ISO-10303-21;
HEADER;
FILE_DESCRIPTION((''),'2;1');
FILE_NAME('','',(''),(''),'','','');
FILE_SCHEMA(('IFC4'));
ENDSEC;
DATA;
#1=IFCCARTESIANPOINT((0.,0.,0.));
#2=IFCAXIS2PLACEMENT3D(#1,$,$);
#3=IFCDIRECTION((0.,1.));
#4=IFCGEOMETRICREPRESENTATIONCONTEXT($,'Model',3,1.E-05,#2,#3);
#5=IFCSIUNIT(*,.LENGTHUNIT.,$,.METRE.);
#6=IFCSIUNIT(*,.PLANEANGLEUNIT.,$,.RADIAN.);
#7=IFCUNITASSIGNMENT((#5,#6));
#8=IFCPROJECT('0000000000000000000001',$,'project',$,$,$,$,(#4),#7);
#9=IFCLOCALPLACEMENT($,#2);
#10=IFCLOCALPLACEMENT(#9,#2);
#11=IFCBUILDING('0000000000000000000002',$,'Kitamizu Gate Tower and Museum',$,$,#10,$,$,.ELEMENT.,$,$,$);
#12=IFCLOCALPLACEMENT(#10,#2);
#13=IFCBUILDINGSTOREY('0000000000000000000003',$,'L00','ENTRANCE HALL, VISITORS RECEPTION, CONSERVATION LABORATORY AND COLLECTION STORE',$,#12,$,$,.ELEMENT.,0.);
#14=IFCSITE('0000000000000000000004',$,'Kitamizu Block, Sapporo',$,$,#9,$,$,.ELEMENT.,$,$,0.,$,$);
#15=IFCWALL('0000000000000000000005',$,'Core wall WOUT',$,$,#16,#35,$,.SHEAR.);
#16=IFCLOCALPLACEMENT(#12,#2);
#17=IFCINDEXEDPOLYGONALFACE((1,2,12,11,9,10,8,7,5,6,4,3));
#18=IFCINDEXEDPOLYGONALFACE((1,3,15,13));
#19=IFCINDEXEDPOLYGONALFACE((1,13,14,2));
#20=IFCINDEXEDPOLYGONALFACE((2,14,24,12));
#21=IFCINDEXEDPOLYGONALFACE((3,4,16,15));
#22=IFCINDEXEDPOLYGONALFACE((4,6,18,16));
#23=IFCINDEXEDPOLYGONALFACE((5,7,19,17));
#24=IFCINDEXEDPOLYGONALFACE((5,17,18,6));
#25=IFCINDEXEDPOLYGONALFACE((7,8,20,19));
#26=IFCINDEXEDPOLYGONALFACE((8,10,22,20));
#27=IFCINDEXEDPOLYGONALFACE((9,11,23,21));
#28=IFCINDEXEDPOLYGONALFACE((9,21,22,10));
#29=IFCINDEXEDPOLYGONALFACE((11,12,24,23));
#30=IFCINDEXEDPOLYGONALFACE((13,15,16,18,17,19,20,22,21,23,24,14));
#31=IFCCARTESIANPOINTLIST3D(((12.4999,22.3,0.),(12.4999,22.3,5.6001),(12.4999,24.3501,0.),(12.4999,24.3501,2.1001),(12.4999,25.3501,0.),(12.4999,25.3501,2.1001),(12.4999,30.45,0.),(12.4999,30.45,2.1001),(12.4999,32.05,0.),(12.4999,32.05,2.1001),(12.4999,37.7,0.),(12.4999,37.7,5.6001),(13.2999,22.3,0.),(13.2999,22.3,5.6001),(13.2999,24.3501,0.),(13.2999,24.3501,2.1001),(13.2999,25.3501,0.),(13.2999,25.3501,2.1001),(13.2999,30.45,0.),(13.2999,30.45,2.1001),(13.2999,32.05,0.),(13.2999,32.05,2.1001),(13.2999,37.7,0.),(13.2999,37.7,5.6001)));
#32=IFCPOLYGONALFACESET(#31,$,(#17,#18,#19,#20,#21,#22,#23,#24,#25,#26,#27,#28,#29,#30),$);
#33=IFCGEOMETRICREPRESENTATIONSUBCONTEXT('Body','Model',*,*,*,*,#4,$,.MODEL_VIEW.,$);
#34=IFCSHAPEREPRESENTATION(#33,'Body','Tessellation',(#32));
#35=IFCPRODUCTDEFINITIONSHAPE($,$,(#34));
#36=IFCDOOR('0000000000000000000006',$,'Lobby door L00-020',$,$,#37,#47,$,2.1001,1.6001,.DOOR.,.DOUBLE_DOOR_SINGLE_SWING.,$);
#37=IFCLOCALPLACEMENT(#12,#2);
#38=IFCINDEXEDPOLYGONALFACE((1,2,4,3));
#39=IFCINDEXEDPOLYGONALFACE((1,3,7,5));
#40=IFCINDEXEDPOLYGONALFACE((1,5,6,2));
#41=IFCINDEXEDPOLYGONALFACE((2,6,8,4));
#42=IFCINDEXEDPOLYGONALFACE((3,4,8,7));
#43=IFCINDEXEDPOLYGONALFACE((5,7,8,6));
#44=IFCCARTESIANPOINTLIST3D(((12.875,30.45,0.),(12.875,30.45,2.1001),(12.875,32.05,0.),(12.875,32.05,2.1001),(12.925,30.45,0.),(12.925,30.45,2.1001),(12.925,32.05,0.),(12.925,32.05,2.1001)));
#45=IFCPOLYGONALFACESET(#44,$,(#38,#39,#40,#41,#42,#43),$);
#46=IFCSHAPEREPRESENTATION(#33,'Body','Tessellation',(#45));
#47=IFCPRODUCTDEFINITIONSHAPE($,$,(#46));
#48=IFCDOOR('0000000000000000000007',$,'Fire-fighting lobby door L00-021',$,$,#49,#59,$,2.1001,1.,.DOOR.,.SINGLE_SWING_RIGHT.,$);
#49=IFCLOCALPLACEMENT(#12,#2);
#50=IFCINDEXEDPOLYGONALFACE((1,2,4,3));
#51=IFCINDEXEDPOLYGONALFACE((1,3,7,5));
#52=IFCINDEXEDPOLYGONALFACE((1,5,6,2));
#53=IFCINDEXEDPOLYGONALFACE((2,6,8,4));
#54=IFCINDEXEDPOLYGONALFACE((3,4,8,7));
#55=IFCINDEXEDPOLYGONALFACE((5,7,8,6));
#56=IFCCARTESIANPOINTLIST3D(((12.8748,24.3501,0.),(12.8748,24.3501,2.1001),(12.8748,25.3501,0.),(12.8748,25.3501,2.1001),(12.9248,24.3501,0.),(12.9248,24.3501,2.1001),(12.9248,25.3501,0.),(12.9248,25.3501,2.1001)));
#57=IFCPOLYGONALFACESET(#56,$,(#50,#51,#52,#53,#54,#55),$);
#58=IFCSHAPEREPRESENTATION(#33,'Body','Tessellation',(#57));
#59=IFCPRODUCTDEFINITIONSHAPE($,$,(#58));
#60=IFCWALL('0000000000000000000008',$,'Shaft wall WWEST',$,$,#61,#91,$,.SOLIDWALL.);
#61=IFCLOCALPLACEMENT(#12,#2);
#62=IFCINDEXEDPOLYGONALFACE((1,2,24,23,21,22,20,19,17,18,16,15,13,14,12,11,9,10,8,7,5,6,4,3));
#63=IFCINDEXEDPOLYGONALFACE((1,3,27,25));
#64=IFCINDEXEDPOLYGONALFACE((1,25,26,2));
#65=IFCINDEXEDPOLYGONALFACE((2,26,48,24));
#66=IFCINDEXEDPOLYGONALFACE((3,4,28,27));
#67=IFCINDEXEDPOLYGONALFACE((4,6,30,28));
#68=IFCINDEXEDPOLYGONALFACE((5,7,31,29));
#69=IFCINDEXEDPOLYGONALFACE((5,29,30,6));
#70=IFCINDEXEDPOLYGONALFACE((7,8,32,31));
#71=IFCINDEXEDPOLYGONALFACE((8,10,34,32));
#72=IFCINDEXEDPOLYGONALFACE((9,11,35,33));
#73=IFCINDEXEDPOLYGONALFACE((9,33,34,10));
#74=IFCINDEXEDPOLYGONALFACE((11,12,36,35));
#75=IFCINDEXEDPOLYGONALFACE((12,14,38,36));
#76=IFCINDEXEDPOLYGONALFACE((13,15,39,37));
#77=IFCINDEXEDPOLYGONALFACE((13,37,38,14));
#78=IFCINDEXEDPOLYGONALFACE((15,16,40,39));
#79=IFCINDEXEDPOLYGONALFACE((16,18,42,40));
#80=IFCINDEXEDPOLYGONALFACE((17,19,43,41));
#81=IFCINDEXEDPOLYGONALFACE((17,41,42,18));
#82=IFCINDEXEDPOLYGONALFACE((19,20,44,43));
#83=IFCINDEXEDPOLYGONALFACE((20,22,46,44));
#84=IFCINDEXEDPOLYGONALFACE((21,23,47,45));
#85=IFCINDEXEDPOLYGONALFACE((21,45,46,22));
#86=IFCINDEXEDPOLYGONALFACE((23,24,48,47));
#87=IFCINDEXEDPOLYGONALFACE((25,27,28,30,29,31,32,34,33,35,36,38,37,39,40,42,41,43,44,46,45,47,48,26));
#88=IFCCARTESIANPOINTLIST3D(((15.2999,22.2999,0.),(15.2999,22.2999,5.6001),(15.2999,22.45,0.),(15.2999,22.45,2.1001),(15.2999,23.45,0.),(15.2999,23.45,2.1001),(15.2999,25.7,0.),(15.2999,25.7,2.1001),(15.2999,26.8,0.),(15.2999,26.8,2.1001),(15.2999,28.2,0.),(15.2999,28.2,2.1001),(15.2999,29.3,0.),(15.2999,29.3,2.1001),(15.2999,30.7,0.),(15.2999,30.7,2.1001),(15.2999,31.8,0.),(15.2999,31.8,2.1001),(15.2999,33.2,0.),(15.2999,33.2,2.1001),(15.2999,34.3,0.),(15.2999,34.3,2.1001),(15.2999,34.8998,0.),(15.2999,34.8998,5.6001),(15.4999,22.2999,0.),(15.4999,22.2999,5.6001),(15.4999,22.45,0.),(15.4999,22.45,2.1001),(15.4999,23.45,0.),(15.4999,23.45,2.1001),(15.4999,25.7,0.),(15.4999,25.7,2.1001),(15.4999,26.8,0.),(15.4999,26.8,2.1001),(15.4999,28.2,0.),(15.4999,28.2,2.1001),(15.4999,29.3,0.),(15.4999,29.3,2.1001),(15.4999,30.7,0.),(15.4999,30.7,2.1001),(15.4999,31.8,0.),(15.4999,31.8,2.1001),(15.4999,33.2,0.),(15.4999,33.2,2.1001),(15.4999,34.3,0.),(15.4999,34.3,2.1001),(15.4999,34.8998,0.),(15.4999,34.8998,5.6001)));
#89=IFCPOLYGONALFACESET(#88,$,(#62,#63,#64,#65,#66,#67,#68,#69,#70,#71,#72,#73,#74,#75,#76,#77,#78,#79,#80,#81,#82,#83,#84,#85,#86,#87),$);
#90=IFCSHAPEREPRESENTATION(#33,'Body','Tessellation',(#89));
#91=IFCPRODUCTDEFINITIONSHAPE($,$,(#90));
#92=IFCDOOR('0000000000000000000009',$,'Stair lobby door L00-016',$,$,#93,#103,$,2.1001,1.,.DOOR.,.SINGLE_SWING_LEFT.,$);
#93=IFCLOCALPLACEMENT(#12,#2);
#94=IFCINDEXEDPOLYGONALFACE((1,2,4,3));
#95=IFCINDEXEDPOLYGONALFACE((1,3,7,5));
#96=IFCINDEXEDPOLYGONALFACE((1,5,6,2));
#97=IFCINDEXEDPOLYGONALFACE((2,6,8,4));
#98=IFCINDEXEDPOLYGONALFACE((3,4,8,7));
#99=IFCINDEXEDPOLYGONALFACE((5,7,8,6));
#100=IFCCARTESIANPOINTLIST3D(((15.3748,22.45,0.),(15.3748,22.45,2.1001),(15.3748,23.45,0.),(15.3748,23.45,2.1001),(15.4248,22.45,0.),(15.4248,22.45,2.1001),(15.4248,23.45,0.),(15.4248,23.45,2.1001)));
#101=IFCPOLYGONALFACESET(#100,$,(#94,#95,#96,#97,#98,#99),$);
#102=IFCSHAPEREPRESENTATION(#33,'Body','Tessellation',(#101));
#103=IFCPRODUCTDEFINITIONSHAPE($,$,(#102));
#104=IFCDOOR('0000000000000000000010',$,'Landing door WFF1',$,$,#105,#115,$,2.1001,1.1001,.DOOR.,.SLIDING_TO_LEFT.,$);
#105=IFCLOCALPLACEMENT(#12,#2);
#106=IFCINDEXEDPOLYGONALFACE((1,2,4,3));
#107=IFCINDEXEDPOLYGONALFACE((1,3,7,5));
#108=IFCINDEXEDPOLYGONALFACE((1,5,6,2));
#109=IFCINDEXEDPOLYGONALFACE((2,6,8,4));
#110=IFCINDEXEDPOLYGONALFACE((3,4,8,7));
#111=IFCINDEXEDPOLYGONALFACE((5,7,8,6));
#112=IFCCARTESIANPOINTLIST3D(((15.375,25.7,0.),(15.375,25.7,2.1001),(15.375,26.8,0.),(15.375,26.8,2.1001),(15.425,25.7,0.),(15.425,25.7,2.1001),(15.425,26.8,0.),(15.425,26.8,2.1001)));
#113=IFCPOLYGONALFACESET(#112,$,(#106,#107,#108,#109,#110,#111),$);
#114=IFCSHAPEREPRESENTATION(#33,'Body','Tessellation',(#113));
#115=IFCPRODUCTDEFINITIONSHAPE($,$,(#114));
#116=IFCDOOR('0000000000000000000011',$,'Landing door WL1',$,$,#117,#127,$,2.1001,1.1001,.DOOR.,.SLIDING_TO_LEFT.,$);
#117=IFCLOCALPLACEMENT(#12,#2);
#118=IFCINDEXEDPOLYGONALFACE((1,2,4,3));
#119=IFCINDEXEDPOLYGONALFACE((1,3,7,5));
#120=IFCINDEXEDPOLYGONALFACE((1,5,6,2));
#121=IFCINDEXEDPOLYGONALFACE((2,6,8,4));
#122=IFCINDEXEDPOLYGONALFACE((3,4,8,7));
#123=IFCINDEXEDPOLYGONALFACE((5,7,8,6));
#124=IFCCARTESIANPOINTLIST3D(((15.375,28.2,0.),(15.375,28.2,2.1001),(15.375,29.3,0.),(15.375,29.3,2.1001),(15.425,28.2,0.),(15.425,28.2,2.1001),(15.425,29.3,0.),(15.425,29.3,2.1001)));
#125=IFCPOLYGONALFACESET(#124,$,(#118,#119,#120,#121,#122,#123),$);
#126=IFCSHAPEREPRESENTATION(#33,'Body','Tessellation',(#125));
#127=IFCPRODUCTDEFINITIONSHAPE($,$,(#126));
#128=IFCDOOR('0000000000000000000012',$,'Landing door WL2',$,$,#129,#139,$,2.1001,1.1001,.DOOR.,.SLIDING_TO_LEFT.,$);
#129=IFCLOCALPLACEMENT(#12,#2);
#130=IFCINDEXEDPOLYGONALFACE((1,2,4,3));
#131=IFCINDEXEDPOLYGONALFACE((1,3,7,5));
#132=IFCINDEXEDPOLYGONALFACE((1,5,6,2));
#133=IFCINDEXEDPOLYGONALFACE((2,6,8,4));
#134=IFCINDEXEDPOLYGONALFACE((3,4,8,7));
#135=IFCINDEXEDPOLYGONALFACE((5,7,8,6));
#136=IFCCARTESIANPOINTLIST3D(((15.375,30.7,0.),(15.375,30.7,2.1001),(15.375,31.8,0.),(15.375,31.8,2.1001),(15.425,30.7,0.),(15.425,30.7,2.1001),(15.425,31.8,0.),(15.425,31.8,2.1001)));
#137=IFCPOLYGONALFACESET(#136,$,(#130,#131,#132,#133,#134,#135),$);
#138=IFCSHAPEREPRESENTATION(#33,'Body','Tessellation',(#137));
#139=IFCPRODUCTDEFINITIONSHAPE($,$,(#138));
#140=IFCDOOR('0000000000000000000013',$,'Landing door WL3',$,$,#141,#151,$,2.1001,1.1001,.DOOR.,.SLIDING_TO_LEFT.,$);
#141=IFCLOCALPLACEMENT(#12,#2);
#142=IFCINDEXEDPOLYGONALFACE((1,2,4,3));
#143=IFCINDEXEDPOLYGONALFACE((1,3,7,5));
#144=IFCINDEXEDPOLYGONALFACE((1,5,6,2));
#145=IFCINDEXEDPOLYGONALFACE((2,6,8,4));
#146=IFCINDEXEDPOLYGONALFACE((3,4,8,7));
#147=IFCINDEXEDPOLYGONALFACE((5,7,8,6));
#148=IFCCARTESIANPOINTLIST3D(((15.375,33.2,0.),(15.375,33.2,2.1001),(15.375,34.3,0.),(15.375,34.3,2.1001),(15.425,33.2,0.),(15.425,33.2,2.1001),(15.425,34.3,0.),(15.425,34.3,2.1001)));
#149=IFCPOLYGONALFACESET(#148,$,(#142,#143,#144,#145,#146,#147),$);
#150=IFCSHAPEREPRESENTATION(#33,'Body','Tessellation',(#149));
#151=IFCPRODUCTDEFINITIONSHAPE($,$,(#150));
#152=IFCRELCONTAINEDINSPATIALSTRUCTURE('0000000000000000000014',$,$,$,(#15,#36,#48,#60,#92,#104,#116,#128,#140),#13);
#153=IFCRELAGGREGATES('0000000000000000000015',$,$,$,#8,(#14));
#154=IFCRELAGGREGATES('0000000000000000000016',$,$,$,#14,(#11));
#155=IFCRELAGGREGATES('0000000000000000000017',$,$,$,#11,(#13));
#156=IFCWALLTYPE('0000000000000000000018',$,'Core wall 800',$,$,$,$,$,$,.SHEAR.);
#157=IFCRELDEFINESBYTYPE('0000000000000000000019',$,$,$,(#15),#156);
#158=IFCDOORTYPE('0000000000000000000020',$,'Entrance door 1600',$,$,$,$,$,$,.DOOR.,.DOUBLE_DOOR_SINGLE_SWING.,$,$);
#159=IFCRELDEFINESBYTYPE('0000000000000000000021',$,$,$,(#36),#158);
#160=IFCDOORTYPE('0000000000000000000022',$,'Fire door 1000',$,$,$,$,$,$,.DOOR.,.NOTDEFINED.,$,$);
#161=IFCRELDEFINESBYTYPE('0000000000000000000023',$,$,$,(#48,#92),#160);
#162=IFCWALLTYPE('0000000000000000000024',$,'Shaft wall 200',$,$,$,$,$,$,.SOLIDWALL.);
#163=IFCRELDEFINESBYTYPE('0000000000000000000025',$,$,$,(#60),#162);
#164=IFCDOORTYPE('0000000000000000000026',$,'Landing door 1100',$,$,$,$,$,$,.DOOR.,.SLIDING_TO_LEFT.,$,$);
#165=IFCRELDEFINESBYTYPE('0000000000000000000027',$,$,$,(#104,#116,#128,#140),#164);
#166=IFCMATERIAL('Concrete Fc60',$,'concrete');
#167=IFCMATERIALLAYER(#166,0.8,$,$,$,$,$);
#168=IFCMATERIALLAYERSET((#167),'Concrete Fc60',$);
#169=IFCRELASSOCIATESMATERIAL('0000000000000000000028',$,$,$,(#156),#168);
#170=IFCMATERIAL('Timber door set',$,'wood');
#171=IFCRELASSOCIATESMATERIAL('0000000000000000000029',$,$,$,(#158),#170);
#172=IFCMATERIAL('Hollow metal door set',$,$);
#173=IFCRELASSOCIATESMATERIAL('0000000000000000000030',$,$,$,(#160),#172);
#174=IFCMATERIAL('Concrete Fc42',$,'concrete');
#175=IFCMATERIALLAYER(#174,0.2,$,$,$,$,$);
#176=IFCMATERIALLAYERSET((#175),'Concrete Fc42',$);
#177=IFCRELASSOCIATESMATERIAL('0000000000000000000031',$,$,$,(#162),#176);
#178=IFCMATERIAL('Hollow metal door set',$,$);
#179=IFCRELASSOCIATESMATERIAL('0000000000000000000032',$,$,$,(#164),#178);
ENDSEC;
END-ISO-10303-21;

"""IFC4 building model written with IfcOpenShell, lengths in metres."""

from ifc_helpers import new_model, si_unit, direction, frame, frame_2d, origin, place, context, subcontext, project, spatial, rectangle, extrude, material, layer, layer_set, type_object, element, fill, save


model = new_model("IFC4")

# Units and contexts
model_context = context("Model", 3, precision=1e-05, world=origin(), true_north=direction((0.0, 1.0)))
body_context = subcontext(model_context, "Body", "Model", "MODEL_VIEW")
ifc_project = project(units=[si_unit("LENGTHUNIT", "METRE"), si_unit("PLANEANGLEUNIT", "RADIAN")], contexts=[model_context])

# Site, building, storey
site_placement = place(None, origin())
site = spatial("IfcSite", under=ifc_project, at=site_placement, Name="Kitamizu Block, Sapporo", CompositionType="ELEMENT", RefElevation=0.0)
building_placement = place(site_placement, origin())
building = spatial("IfcBuilding", under=site, at=building_placement, Name="Kitamizu Gate Tower and Museum", CompositionType="ELEMENT")
storey_placement = place(building_placement, origin())
storey = spatial("IfcBuildingStorey", under=building, at=storey_placement, Name="L00", Description="ENTRANCE HALL, VISITORS RECEPTION, CONSERVATION LABORATORY AND COLLECTION STORE", CompositionType="ELEMENT", Elevation=0.0)

# Shared definitions
ifc_material_1 = material(Name="Concrete Fc60", Category="concrete")
ifc_layer_1 = layer(ifc_material_1, 0.8)
ifc_layer_set_1 = layer_set([ifc_layer_1], Name="Concrete Fc60")
wall_type_1 = type_object("IfcWallType", Name="Core wall 800", PredefinedType="SHEAR", material=ifc_layer_set_1)

# Walls, openings, doors
wall_1_placement = place(storey_placement, frame((12.8999, 22.3, 0.0), z_axis=(0.0, 0.0, 1.0), x_axis=(0.0, 1.0, 0.0)))
wall_1 = element("IfcWall", 1, at=wall_1_placement, inside=storey, type_object=wall_type_1, Name="Core wall WOUT", PredefinedType="SHEAR", context=body_context, shape_type="SweptSolid", body=[
    extrude(rectangle(XDim=15.3999, YDim=0.8, at=frame_2d((7.7, 0.0))), origin(), (0.0, 0.0, 1.0), 5.6001),
])
opening_1_placement = place(wall_1_placement, frame((8.1499, 0.0, 0.0)))
opening_1 = element("IfcOpeningElement", 2, at=opening_1_placement, cuts=wall_1, PredefinedType="OPENING", context=body_context, shape_type="SweptSolid", body=[
    extrude(rectangle(XDim=1.6001, YDim=2.1001, at=frame_2d((0.8, 1.05))), frame((0.0, 0.4102, 0.0), z_axis=(0.0, -1.0, 0.0), x_axis=(1.0, 0.0, 0.0)), (0.0, 0.0, 1.0), 0.8201),
])
opening_2_placement = place(wall_1_placement, frame((2.05, 0.0, 0.0)))
opening_2 = element("IfcOpeningElement", 3, at=opening_2_placement, cuts=wall_1, PredefinedType="OPENING", context=body_context, shape_type="SweptSolid", body=[
    extrude(rectangle(XDim=1.0, YDim=2.1001, at=frame_2d((0.5, 1.05))), frame((0.0, 0.4102, 0.0), z_axis=(0.0, -1.0, 0.0), x_axis=(1.0, 0.0, 0.0)), (0.0, 0.0, 1.0), 0.8201),
])
ifc_material_2 = material(Name="Timber door set", Category="wood")
door_type_1 = type_object("IfcDoorType", Name="Entrance door 1600", OperationType="DOUBLE_DOOR_SINGLE_SWING", PredefinedType="DOOR", material=ifc_material_2)
door_1_placement = place(opening_1_placement, origin())
door_1 = element("IfcDoor", 4, at=door_1_placement, inside=storey, type_object=door_type_1, Name="Lobby door L00-020", OperationType="DOUBLE_DOOR_SINGLE_SWING", OverallHeight=2.1001, OverallWidth=1.6001, PredefinedType="DOOR", context=body_context, shape_type="SweptSolid", body=[
    extrude(rectangle(XDim=1.6001, YDim=2.1001, at=frame_2d((0.8, 1.05))), frame((0.0, 0.0249, 0.0), z_axis=(0.0, -1.0, 0.0), x_axis=(1.0, 0.0, 0.0)), (0.0, 0.0, 1.0), 0.05),
])
fill(opening_1, door_1)
ifc_material_3 = material(Name="Hollow metal door set")
door_type_2 = type_object("IfcDoorType", Name="Fire door 1000", OperationType="NOTDEFINED", PredefinedType="DOOR", material=ifc_material_3)
door_2_placement = place(opening_2_placement, frame((1.0, 0.0, 0.0), x_axis=(-1.0, 0.0, 0.0)))
door_2 = element("IfcDoor", 5, at=door_2_placement, inside=storey, type_object=door_type_2, Name="Fire-fighting lobby door L00-021", OperationType="SINGLE_SWING_RIGHT", OverallHeight=2.1001, OverallWidth=1.0, PredefinedType="DOOR", context=body_context, shape_type="SweptSolid", body=[
    extrude(rectangle(XDim=1.0, YDim=2.1001, at=frame_2d((0.5, 1.05))), frame((0.0, 0.0249, 0.0), z_axis=(0.0, -1.0, 0.0), x_axis=(1.0, 0.0, 0.0)), (0.0, 0.0, 1.0), 0.05),
])
fill(opening_2, door_2)
ifc_material_4 = material(Name="Concrete Fc42", Category="concrete")
ifc_layer_2 = layer(ifc_material_4, 0.2)
ifc_layer_set_2 = layer_set([ifc_layer_2], Name="Concrete Fc42")
wall_type_2 = type_object("IfcWallType", Name="Shaft wall 200", PredefinedType="SOLIDWALL", material=ifc_layer_set_2)
wall_2_placement = place(storey_placement, frame((15.3999, 22.3, 0.0), z_axis=(0.0, 0.0, 1.0), x_axis=(0.0, 1.0, 0.0)))
wall_2 = element("IfcWall", 6, at=wall_2_placement, inside=storey, type_object=wall_type_2, Name="Shaft wall WWEST", PredefinedType="SOLIDWALL", context=body_context, shape_type="SweptSolid", body=[
    extrude(rectangle(XDim=12.5999, YDim=0.2, at=frame_2d((6.2998, 0.0))), origin(), (0.0, 0.0, 1.0), 5.6001),
])
opening_3_placement = place(wall_2_placement, frame((3.3999, 0.0, 0.0)))
opening_3 = element("IfcOpeningElement", 7, at=opening_3_placement, cuts=wall_2, PredefinedType="OPENING", context=body_context, shape_type="SweptSolid", body=[
    extrude(rectangle(XDim=1.1001, YDim=2.1001, at=frame_2d((0.55, 1.05))), frame((0.0, 0.1099, 0.0), z_axis=(0.0, -1.0, 0.0), x_axis=(1.0, 0.0, 0.0)), (0.0, 0.0, 1.0), 0.22),
])
opening_4_placement = place(wall_2_placement, frame((5.8999, 0.0, 0.0)))
opening_4 = element("IfcOpeningElement", 8, at=opening_4_placement, cuts=wall_2, PredefinedType="OPENING", context=body_context, shape_type="SweptSolid", body=[
    extrude(rectangle(XDim=1.1001, YDim=2.1001, at=frame_2d((0.55, 1.05))), frame((0.0, 0.1099, 0.0), z_axis=(0.0, -1.0, 0.0), x_axis=(1.0, 0.0, 0.0)), (0.0, 0.0, 1.0), 0.22),
])
opening_5_placement = place(wall_2_placement, frame((8.3999, 0.0, 0.0)))
opening_5 = element("IfcOpeningElement", 9, at=opening_5_placement, cuts=wall_2, PredefinedType="OPENING", context=body_context, shape_type="SweptSolid", body=[
    extrude(rectangle(XDim=1.1001, YDim=2.1001, at=frame_2d((0.55, 1.05))), frame((0.0, 0.1099, 0.0), z_axis=(0.0, -1.0, 0.0), x_axis=(1.0, 0.0, 0.0)), (0.0, 0.0, 1.0), 0.22),
])
opening_6_placement = place(wall_2_placement, frame((10.8999, 0.0, 0.0)))
opening_6 = element("IfcOpeningElement", 10, at=opening_6_placement, cuts=wall_2, PredefinedType="OPENING", context=body_context, shape_type="SweptSolid", body=[
    extrude(rectangle(XDim=1.1001, YDim=2.1001, at=frame_2d((0.55, 1.05))), frame((0.0, 0.1099, 0.0), z_axis=(0.0, -1.0, 0.0), x_axis=(1.0, 0.0, 0.0)), (0.0, 0.0, 1.0), 0.22),
])
opening_7_placement = place(wall_2_placement, frame((0.1499, 0.0, 0.0)))
opening_7 = element("IfcOpeningElement", 11, at=opening_7_placement, cuts=wall_2, PredefinedType="OPENING", context=body_context, shape_type="SweptSolid", body=[
    extrude(rectangle(XDim=1.0, YDim=2.1001, at=frame_2d((0.5, 1.05))), frame((0.0, 0.1099, 0.0), z_axis=(0.0, -1.0, 0.0), x_axis=(1.0, 0.0, 0.0)), (0.0, 0.0, 1.0), 0.22),
])
door_3_placement = place(opening_7_placement, frame((1.0, 0.0, 0.0), x_axis=(-1.0, 0.0, 0.0)))
door_3 = element("IfcDoor", 12, at=door_3_placement, inside=storey, type_object=door_type_2, Name="Stair lobby door L00-016", OperationType="SINGLE_SWING_LEFT", OverallHeight=2.1001, OverallWidth=1.0, PredefinedType="DOOR", context=body_context, shape_type="SweptSolid", body=[
    extrude(rectangle(XDim=1.0, YDim=2.1001, at=frame_2d((0.5, 1.05))), frame((0.0, 0.0249, 0.0), z_axis=(0.0, -1.0, 0.0), x_axis=(1.0, 0.0, 0.0)), (0.0, 0.0, 1.0), 0.05),
])
fill(opening_7, door_3)
ifc_material_5 = material(Name="Hollow metal door set")
door_type_3 = type_object("IfcDoorType", Name="Landing door 1100", OperationType="SLIDING_TO_LEFT", PredefinedType="DOOR", material=ifc_material_5)
door_4_placement = place(opening_3_placement, origin())
door_4 = element("IfcDoor", 13, at=door_4_placement, inside=storey, type_object=door_type_3, Name="Landing door WFF1", OperationType="SLIDING_TO_LEFT", OverallHeight=2.1001, OverallWidth=1.1001, PredefinedType="DOOR", context=body_context, shape_type="SweptSolid", body=[
    extrude(rectangle(XDim=1.1001, YDim=2.1001, at=frame_2d((0.55, 1.05))), frame((0.0, 0.0249, 0.0), z_axis=(0.0, -1.0, 0.0), x_axis=(1.0, 0.0, 0.0)), (0.0, 0.0, 1.0), 0.05),
])
fill(opening_3, door_4)
door_5_placement = place(opening_4_placement, origin())
door_5 = element("IfcDoor", 14, at=door_5_placement, inside=storey, type_object=door_type_3, Name="Landing door WL1", OperationType="SLIDING_TO_LEFT", OverallHeight=2.1001, OverallWidth=1.1001, PredefinedType="DOOR", context=body_context, shape_type="SweptSolid", body=[
    extrude(rectangle(XDim=1.1001, YDim=2.1001, at=frame_2d((0.55, 1.05))), frame((0.0, 0.0249, 0.0), z_axis=(0.0, -1.0, 0.0), x_axis=(1.0, 0.0, 0.0)), (0.0, 0.0, 1.0), 0.05),
])
fill(opening_4, door_5)
door_6_placement = place(opening_5_placement, origin())
door_6 = element("IfcDoor", 15, at=door_6_placement, inside=storey, type_object=door_type_3, Name="Landing door WL2", OperationType="SLIDING_TO_LEFT", OverallHeight=2.1001, OverallWidth=1.1001, PredefinedType="DOOR", context=body_context, shape_type="SweptSolid", body=[
    extrude(rectangle(XDim=1.1001, YDim=2.1001, at=frame_2d((0.55, 1.05))), frame((0.0, 0.0249, 0.0), z_axis=(0.0, -1.0, 0.0), x_axis=(1.0, 0.0, 0.0)), (0.0, 0.0, 1.0), 0.05),
])
fill(opening_5, door_6)
door_7_placement = place(opening_6_placement, origin())
door_7 = element("IfcDoor", 16, at=door_7_placement, inside=storey, type_object=door_type_3, Name="Landing door WL3", OperationType="SLIDING_TO_LEFT", OverallHeight=2.1001, OverallWidth=1.1001, PredefinedType="DOOR", context=body_context, shape_type="SweptSolid", body=[
    extrude(rectangle(XDim=1.1001, YDim=2.1001, at=frame_2d((0.55, 1.05))), frame((0.0, 0.0249, 0.0), z_axis=(0.0, -1.0, 0.0), x_axis=(1.0, 0.0, 0.0)), (0.0, 0.0, 1.0), 0.05),
])
fill(opening_6, door_7)

save(model, "model.ifc")
